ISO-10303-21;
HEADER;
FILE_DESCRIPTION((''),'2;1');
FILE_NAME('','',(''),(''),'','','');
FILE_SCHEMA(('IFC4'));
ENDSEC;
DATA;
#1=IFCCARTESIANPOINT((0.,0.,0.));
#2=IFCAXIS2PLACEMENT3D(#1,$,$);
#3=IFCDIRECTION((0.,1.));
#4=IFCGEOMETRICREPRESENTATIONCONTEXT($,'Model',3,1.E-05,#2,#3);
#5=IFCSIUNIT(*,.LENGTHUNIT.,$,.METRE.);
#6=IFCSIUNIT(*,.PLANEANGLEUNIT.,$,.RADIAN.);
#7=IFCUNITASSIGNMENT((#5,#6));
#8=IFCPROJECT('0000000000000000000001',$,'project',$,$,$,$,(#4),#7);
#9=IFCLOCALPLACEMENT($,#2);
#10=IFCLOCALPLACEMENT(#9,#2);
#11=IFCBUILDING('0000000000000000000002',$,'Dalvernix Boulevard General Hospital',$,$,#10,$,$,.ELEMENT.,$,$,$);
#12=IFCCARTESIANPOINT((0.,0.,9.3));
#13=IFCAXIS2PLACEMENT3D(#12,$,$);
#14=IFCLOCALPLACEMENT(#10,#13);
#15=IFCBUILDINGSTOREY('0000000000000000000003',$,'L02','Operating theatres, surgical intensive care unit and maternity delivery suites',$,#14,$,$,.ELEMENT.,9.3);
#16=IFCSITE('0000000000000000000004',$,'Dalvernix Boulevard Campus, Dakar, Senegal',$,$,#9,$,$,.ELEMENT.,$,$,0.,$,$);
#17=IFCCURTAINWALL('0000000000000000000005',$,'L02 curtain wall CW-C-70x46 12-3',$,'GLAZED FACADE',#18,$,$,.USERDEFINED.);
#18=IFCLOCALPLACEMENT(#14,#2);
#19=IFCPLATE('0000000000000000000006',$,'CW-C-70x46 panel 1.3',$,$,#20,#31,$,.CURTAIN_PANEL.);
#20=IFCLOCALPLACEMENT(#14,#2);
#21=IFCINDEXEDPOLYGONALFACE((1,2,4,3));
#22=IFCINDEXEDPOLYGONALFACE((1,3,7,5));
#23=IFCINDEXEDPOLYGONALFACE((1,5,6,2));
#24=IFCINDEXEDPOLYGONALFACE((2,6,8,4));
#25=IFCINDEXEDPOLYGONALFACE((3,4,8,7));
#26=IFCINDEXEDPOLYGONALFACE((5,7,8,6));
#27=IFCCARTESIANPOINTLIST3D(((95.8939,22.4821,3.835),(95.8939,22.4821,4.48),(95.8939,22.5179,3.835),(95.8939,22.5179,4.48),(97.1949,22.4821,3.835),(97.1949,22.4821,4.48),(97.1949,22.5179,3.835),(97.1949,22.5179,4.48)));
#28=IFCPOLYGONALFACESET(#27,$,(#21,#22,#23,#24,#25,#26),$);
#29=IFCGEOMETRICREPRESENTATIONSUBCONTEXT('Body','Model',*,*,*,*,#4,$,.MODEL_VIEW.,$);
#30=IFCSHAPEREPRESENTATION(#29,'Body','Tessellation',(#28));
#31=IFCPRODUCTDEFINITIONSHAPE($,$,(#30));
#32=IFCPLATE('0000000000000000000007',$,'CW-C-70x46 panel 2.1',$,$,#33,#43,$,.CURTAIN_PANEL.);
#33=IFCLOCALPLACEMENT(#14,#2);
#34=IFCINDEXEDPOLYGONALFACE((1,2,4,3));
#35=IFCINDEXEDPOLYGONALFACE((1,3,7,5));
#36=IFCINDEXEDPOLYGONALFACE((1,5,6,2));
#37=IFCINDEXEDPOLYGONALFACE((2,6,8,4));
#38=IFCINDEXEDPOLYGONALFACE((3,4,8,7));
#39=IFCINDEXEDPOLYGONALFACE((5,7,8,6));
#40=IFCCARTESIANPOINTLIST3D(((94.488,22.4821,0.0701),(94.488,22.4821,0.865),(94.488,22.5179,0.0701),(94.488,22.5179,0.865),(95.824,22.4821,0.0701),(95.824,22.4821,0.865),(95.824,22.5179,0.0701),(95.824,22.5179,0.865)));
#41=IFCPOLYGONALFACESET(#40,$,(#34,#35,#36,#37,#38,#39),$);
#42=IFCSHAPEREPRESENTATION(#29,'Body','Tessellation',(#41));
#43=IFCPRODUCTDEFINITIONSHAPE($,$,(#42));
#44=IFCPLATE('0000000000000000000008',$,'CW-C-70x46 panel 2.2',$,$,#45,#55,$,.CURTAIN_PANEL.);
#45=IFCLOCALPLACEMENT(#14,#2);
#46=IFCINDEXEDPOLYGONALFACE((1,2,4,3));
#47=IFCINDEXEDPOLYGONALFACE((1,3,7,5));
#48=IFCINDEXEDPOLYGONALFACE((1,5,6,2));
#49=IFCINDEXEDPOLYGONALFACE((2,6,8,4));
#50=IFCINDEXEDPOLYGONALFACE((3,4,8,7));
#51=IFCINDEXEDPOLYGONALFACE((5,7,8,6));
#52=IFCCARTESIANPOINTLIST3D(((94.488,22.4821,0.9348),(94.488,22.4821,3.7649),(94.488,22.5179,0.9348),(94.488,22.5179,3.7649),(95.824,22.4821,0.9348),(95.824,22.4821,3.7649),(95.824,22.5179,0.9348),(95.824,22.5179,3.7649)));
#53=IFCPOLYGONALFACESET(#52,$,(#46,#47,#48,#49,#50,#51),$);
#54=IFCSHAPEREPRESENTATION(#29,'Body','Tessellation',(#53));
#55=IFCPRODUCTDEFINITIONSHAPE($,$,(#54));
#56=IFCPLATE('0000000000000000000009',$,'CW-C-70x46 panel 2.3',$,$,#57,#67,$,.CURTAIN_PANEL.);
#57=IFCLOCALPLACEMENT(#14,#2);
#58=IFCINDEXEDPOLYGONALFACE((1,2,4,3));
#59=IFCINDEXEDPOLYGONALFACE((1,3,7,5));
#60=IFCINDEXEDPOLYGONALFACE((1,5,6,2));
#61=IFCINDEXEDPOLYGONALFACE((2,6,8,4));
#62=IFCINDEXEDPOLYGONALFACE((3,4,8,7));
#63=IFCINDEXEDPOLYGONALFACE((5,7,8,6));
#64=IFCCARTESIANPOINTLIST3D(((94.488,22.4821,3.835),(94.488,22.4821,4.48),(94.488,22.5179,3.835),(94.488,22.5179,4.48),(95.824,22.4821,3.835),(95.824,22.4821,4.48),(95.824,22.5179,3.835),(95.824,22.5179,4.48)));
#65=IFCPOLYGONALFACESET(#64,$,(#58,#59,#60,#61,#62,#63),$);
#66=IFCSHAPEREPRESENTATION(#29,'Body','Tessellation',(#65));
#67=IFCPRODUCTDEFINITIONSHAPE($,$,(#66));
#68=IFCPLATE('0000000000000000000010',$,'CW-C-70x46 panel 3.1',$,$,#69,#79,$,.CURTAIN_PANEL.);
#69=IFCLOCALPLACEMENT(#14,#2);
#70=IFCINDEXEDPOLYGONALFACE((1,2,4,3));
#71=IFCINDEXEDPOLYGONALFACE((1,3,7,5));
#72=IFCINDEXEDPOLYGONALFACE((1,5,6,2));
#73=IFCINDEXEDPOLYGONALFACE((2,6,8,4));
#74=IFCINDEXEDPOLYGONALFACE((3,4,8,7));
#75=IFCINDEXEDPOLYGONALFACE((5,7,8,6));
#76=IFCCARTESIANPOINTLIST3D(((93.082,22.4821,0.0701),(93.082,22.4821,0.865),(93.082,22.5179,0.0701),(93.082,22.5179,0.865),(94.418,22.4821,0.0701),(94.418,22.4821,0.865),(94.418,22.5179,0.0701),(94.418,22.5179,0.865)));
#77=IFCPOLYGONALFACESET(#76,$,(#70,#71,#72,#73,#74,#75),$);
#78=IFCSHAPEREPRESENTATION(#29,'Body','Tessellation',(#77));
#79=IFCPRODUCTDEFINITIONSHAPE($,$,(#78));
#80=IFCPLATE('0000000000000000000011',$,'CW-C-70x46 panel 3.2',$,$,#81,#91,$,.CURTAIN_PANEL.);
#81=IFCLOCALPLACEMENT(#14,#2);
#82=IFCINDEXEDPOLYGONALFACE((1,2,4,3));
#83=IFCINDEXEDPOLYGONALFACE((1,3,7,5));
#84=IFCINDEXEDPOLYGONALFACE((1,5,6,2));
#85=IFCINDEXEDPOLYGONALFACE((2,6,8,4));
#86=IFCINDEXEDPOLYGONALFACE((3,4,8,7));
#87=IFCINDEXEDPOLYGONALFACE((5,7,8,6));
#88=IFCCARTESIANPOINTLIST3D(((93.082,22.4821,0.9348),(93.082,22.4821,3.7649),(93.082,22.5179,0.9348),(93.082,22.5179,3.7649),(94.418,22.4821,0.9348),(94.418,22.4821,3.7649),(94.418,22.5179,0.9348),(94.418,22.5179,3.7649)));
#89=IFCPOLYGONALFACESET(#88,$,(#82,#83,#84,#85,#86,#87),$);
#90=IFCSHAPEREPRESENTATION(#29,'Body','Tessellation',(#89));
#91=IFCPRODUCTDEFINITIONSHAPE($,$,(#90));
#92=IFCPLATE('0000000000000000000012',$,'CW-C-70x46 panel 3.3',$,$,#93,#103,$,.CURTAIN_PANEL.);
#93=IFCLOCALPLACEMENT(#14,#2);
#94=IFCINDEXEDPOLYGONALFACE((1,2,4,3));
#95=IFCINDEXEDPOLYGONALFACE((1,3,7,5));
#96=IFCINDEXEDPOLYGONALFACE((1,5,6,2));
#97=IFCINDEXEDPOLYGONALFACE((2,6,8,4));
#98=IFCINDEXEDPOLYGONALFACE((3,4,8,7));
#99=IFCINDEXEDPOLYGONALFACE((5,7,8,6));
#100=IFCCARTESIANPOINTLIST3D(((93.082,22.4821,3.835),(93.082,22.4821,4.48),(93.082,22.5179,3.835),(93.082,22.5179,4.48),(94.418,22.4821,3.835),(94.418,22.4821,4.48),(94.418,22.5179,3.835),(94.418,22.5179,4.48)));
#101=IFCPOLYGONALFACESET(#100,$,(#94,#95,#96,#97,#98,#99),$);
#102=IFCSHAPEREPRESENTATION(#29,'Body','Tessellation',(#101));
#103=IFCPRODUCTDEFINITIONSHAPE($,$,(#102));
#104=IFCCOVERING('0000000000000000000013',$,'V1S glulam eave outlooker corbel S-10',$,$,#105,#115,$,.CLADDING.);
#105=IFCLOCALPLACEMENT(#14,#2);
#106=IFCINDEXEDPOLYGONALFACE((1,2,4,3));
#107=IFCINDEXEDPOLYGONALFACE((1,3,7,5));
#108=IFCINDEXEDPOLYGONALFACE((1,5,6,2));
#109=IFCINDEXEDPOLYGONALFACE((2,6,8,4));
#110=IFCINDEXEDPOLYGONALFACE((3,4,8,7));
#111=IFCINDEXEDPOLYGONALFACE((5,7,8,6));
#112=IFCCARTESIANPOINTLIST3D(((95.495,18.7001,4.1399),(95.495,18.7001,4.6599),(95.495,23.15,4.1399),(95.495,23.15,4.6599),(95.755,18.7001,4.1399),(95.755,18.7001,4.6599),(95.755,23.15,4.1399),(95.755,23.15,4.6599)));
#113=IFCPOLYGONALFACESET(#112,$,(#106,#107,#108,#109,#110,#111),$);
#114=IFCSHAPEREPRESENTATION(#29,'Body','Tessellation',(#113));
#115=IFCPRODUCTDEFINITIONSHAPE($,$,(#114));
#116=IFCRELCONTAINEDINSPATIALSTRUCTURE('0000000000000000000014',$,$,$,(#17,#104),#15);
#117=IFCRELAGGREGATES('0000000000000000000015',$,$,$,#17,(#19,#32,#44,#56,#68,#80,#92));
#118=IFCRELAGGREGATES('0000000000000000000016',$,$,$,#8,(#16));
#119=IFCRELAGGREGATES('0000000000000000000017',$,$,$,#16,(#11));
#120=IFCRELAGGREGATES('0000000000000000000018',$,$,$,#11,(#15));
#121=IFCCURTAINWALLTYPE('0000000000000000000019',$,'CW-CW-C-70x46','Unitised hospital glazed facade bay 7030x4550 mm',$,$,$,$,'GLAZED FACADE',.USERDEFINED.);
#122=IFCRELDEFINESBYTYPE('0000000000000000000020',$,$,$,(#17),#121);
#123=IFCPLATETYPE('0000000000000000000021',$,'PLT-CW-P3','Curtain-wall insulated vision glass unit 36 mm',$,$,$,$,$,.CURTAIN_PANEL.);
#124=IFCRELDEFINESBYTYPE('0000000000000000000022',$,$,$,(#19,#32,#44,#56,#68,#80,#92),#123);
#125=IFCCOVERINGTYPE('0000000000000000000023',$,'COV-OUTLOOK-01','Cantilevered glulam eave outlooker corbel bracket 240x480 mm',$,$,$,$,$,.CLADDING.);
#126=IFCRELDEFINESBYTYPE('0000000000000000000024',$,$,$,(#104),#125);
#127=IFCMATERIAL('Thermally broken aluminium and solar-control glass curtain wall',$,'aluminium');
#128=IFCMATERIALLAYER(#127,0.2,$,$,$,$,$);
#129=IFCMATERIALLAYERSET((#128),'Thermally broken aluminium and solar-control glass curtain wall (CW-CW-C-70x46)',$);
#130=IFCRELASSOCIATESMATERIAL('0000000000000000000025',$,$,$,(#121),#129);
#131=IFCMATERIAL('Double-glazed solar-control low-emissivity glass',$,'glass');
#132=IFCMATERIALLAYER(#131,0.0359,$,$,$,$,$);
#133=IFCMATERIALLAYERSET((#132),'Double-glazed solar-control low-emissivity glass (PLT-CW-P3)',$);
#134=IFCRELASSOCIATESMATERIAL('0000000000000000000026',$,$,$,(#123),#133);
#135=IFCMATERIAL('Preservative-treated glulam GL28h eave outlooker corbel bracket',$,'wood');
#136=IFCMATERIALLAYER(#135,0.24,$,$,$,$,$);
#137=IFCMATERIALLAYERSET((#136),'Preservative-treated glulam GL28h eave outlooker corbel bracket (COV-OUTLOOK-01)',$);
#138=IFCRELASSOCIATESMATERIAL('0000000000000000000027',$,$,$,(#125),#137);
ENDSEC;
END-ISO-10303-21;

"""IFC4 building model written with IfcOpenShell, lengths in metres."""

from ifc_helpers import new_model, si_unit, direction, frame, origin, origin_2d, place, context, subcontext, project, spatial, rectangle, extrude, material, layer, layer_set, type_object, element, aggregate, save


model = new_model("IFC4")

# Units and contexts
model_context = context("Model", 3, precision=1e-05, world=origin(), true_north=direction((0.0, 1.0)))
body_context = subcontext(model_context, "Body", "Model", "MODEL_VIEW")
ifc_project = project(units=[si_unit("LENGTHUNIT", "METRE"), si_unit("PLANEANGLEUNIT", "RADIAN")], contexts=[model_context])

# Site, building, storey
site_placement = place(None, origin())
site = spatial("IfcSite", under=ifc_project, at=site_placement, Name="Dalvernix Boulevard Campus, Dakar, Senegal", CompositionType="ELEMENT", RefElevation=0.0)
building_placement = place(site_placement, origin())
building = spatial("IfcBuilding", under=site, at=building_placement, Name="Dalvernix Boulevard General Hospital", CompositionType="ELEMENT")
storey_placement = place(building_placement, frame((0.0, 0.0, 9.3)))
storey = spatial("IfcBuildingStorey", under=building, at=storey_placement, Name="L02", Description="Operating theatres, surgical intensive care unit and maternity delivery suites", CompositionType="ELEMENT", Elevation=9.3)

# Curtain wall, plates
ifc_material_1 = material(Name="Thermally broken aluminium and solar-control glass curtain wall", Category="aluminium")
ifc_layer_1 = layer(ifc_material_1, 0.2)
ifc_layer_set_1 = layer_set([ifc_layer_1], Name="Thermally broken aluminium and solar-control glass curtain wall (CW-CW-C-70x46)")
curtain_wall_type = type_object("IfcCurtainWallType", Name="CW-CW-C-70x46", Description="Unitised hospital glazed facade bay 7030x4550 mm", ElementType="GLAZED FACADE", PredefinedType="USERDEFINED", material=ifc_layer_set_1)
curtain_wall_placement = place(storey_placement, origin())
curtain_wall = element("IfcCurtainWall", 1, at=curtain_wall_placement, inside=storey, type_object=curtain_wall_type, Name="L02 curtain wall CW-C-70x46 12-3", ObjectType="GLAZED FACADE", PredefinedType="USERDEFINED")
ifc_material_2 = material(Name="Double-glazed solar-control low-emissivity glass", Category="glass")
ifc_layer_2 = layer(ifc_material_2, 0.0359)
ifc_layer_set_2 = layer_set([ifc_layer_2], Name="Double-glazed solar-control low-emissivity glass (PLT-CW-P3)")
plate_type = type_object("IfcPlateType", Name="PLT-CW-P3", Description="Curtain-wall insulated vision glass unit 36 mm", PredefinedType="CURTAIN_PANEL", material=ifc_layer_set_2)
plate_1_placement = place(storey_placement, frame((96.5444, 22.5, 3.835), z_axis=(0.0, 0.0, 1.0), x_axis=(-1.0, 0.0, 0.0)))
plate_1 = element("IfcPlate", 2, at=plate_1_placement, type_object=plate_type, Name="CW-C-70x46 panel 1.3", PredefinedType="CURTAIN_PANEL", context=body_context, shape_type="SweptSolid", body=[
    extrude(rectangle(XDim=1.301, YDim=0.0359, at=origin_2d()), origin(), (0.0, 0.0, 1.0), 0.645),
])
plate_2_placement = place(storey_placement, frame((95.156, 22.5, 0.0701), z_axis=(0.0, 0.0, 1.0), x_axis=(-1.0, 0.0, 0.0)))
plate_2 = element("IfcPlate", 3, at=plate_2_placement, type_object=plate_type, Name="CW-C-70x46 panel 2.1", PredefinedType="CURTAIN_PANEL", context=body_context, shape_type="SweptSolid", body=[
    extrude(rectangle(XDim=1.3359, YDim=0.0359, at=origin_2d()), origin(), (0.0, 0.0, 1.0), 0.7949),
])
plate_3_placement = place(storey_placement, frame((95.156, 22.5, 0.9348), z_axis=(0.0, 0.0, 1.0), x_axis=(-1.0, 0.0, 0.0)))
plate_3 = element("IfcPlate", 4, at=plate_3_placement, type_object=plate_type, Name="CW-C-70x46 panel 2.2", PredefinedType="CURTAIN_PANEL", context=body_context, shape_type="SweptSolid", body=[
    extrude(rectangle(XDim=1.3359, YDim=0.0359, at=origin_2d()), origin(), (0.0, 0.0, 1.0), 2.8301),
])
plate_4_placement = place(storey_placement, frame((95.156, 22.5, 3.835), z_axis=(0.0, 0.0, 1.0), x_axis=(-1.0, 0.0, 0.0)))
plate_4 = element("IfcPlate", 5, at=plate_4_placement, type_object=plate_type, Name="CW-C-70x46 panel 2.3", PredefinedType="CURTAIN_PANEL", context=body_context, shape_type="SweptSolid", body=[
    extrude(rectangle(XDim=1.3359, YDim=0.0359, at=origin_2d()), origin(), (0.0, 0.0, 1.0), 0.645),
])
plate_5_placement = place(storey_placement, frame((93.75, 22.5, 0.0701), z_axis=(0.0, 0.0, 1.0), x_axis=(-1.0, 0.0, 0.0)))
plate_5 = element("IfcPlate", 6, at=plate_5_placement, type_object=plate_type, Name="CW-C-70x46 panel 3.1", PredefinedType="CURTAIN_PANEL", context=body_context, shape_type="SweptSolid", body=[
    extrude(rectangle(XDim=1.3359, YDim=0.0359, at=origin_2d()), origin(), (0.0, 0.0, 1.0), 0.7949),
])
plate_6_placement = place(storey_placement, frame((93.75, 22.5, 0.9348), z_axis=(0.0, 0.0, 1.0), x_axis=(-1.0, 0.0, 0.0)))
plate_6 = element("IfcPlate", 7, at=plate_6_placement, type_object=plate_type, Name="CW-C-70x46 panel 3.2", PredefinedType="CURTAIN_PANEL", context=body_context, shape_type="SweptSolid", body=[
    extrude(rectangle(XDim=1.3359, YDim=0.0359, at=origin_2d()), origin(), (0.0, 0.0, 1.0), 2.8301),
])
plate_7_placement = place(storey_placement, frame((93.75, 22.5, 3.835), z_axis=(0.0, 0.0, 1.0), x_axis=(-1.0, 0.0, 0.0)))
plate_7 = element("IfcPlate", 8, at=plate_7_placement, type_object=plate_type, Name="CW-C-70x46 panel 3.3", PredefinedType="CURTAIN_PANEL", context=body_context, shape_type="SweptSolid", body=[
    extrude(rectangle(XDim=1.3359, YDim=0.0359, at=origin_2d()), origin(), (0.0, 0.0, 1.0), 0.645),
])
aggregate(curtain_wall, [plate_1, plate_2, plate_3, plate_4, plate_5, plate_6, plate_7])

# Covering
ifc_material_3 = material(Name="Preservative-treated glulam GL28h eave outlooker corbel bracket", Category="wood")
ifc_layer_3 = layer(ifc_material_3, 0.24)
ifc_layer_set_3 = layer_set([ifc_layer_3], Name="Preservative-treated glulam GL28h eave outlooker corbel bracket (COV-OUTLOOK-01)")
covering_type = type_object("IfcCoveringType", Name="COV-OUTLOOK-01", Description="Cantilevered glulam eave outlooker corbel bracket 240x480 mm", PredefinedType="CLADDING", material=ifc_layer_set_3)
covering_placement = place(storey_placement, frame((95.625, 20.925, 4.1399), z_axis=(0.0, 0.0, 1.0), x_axis=(1.0, 0.0, 0.0)))
element("IfcCovering", 9, at=covering_placement, inside=storey, type_object=covering_type, Name="V1S glulam eave outlooker corbel S-10", PredefinedType="CLADDING", context=body_context, shape_type="SweptSolid", body=[
    extrude(rectangle(XDim=0.26, YDim=4.45, at=origin_2d()), origin(), (0.0, 0.0, 1.0), 0.52),
])

save(model, "model.ifc")
